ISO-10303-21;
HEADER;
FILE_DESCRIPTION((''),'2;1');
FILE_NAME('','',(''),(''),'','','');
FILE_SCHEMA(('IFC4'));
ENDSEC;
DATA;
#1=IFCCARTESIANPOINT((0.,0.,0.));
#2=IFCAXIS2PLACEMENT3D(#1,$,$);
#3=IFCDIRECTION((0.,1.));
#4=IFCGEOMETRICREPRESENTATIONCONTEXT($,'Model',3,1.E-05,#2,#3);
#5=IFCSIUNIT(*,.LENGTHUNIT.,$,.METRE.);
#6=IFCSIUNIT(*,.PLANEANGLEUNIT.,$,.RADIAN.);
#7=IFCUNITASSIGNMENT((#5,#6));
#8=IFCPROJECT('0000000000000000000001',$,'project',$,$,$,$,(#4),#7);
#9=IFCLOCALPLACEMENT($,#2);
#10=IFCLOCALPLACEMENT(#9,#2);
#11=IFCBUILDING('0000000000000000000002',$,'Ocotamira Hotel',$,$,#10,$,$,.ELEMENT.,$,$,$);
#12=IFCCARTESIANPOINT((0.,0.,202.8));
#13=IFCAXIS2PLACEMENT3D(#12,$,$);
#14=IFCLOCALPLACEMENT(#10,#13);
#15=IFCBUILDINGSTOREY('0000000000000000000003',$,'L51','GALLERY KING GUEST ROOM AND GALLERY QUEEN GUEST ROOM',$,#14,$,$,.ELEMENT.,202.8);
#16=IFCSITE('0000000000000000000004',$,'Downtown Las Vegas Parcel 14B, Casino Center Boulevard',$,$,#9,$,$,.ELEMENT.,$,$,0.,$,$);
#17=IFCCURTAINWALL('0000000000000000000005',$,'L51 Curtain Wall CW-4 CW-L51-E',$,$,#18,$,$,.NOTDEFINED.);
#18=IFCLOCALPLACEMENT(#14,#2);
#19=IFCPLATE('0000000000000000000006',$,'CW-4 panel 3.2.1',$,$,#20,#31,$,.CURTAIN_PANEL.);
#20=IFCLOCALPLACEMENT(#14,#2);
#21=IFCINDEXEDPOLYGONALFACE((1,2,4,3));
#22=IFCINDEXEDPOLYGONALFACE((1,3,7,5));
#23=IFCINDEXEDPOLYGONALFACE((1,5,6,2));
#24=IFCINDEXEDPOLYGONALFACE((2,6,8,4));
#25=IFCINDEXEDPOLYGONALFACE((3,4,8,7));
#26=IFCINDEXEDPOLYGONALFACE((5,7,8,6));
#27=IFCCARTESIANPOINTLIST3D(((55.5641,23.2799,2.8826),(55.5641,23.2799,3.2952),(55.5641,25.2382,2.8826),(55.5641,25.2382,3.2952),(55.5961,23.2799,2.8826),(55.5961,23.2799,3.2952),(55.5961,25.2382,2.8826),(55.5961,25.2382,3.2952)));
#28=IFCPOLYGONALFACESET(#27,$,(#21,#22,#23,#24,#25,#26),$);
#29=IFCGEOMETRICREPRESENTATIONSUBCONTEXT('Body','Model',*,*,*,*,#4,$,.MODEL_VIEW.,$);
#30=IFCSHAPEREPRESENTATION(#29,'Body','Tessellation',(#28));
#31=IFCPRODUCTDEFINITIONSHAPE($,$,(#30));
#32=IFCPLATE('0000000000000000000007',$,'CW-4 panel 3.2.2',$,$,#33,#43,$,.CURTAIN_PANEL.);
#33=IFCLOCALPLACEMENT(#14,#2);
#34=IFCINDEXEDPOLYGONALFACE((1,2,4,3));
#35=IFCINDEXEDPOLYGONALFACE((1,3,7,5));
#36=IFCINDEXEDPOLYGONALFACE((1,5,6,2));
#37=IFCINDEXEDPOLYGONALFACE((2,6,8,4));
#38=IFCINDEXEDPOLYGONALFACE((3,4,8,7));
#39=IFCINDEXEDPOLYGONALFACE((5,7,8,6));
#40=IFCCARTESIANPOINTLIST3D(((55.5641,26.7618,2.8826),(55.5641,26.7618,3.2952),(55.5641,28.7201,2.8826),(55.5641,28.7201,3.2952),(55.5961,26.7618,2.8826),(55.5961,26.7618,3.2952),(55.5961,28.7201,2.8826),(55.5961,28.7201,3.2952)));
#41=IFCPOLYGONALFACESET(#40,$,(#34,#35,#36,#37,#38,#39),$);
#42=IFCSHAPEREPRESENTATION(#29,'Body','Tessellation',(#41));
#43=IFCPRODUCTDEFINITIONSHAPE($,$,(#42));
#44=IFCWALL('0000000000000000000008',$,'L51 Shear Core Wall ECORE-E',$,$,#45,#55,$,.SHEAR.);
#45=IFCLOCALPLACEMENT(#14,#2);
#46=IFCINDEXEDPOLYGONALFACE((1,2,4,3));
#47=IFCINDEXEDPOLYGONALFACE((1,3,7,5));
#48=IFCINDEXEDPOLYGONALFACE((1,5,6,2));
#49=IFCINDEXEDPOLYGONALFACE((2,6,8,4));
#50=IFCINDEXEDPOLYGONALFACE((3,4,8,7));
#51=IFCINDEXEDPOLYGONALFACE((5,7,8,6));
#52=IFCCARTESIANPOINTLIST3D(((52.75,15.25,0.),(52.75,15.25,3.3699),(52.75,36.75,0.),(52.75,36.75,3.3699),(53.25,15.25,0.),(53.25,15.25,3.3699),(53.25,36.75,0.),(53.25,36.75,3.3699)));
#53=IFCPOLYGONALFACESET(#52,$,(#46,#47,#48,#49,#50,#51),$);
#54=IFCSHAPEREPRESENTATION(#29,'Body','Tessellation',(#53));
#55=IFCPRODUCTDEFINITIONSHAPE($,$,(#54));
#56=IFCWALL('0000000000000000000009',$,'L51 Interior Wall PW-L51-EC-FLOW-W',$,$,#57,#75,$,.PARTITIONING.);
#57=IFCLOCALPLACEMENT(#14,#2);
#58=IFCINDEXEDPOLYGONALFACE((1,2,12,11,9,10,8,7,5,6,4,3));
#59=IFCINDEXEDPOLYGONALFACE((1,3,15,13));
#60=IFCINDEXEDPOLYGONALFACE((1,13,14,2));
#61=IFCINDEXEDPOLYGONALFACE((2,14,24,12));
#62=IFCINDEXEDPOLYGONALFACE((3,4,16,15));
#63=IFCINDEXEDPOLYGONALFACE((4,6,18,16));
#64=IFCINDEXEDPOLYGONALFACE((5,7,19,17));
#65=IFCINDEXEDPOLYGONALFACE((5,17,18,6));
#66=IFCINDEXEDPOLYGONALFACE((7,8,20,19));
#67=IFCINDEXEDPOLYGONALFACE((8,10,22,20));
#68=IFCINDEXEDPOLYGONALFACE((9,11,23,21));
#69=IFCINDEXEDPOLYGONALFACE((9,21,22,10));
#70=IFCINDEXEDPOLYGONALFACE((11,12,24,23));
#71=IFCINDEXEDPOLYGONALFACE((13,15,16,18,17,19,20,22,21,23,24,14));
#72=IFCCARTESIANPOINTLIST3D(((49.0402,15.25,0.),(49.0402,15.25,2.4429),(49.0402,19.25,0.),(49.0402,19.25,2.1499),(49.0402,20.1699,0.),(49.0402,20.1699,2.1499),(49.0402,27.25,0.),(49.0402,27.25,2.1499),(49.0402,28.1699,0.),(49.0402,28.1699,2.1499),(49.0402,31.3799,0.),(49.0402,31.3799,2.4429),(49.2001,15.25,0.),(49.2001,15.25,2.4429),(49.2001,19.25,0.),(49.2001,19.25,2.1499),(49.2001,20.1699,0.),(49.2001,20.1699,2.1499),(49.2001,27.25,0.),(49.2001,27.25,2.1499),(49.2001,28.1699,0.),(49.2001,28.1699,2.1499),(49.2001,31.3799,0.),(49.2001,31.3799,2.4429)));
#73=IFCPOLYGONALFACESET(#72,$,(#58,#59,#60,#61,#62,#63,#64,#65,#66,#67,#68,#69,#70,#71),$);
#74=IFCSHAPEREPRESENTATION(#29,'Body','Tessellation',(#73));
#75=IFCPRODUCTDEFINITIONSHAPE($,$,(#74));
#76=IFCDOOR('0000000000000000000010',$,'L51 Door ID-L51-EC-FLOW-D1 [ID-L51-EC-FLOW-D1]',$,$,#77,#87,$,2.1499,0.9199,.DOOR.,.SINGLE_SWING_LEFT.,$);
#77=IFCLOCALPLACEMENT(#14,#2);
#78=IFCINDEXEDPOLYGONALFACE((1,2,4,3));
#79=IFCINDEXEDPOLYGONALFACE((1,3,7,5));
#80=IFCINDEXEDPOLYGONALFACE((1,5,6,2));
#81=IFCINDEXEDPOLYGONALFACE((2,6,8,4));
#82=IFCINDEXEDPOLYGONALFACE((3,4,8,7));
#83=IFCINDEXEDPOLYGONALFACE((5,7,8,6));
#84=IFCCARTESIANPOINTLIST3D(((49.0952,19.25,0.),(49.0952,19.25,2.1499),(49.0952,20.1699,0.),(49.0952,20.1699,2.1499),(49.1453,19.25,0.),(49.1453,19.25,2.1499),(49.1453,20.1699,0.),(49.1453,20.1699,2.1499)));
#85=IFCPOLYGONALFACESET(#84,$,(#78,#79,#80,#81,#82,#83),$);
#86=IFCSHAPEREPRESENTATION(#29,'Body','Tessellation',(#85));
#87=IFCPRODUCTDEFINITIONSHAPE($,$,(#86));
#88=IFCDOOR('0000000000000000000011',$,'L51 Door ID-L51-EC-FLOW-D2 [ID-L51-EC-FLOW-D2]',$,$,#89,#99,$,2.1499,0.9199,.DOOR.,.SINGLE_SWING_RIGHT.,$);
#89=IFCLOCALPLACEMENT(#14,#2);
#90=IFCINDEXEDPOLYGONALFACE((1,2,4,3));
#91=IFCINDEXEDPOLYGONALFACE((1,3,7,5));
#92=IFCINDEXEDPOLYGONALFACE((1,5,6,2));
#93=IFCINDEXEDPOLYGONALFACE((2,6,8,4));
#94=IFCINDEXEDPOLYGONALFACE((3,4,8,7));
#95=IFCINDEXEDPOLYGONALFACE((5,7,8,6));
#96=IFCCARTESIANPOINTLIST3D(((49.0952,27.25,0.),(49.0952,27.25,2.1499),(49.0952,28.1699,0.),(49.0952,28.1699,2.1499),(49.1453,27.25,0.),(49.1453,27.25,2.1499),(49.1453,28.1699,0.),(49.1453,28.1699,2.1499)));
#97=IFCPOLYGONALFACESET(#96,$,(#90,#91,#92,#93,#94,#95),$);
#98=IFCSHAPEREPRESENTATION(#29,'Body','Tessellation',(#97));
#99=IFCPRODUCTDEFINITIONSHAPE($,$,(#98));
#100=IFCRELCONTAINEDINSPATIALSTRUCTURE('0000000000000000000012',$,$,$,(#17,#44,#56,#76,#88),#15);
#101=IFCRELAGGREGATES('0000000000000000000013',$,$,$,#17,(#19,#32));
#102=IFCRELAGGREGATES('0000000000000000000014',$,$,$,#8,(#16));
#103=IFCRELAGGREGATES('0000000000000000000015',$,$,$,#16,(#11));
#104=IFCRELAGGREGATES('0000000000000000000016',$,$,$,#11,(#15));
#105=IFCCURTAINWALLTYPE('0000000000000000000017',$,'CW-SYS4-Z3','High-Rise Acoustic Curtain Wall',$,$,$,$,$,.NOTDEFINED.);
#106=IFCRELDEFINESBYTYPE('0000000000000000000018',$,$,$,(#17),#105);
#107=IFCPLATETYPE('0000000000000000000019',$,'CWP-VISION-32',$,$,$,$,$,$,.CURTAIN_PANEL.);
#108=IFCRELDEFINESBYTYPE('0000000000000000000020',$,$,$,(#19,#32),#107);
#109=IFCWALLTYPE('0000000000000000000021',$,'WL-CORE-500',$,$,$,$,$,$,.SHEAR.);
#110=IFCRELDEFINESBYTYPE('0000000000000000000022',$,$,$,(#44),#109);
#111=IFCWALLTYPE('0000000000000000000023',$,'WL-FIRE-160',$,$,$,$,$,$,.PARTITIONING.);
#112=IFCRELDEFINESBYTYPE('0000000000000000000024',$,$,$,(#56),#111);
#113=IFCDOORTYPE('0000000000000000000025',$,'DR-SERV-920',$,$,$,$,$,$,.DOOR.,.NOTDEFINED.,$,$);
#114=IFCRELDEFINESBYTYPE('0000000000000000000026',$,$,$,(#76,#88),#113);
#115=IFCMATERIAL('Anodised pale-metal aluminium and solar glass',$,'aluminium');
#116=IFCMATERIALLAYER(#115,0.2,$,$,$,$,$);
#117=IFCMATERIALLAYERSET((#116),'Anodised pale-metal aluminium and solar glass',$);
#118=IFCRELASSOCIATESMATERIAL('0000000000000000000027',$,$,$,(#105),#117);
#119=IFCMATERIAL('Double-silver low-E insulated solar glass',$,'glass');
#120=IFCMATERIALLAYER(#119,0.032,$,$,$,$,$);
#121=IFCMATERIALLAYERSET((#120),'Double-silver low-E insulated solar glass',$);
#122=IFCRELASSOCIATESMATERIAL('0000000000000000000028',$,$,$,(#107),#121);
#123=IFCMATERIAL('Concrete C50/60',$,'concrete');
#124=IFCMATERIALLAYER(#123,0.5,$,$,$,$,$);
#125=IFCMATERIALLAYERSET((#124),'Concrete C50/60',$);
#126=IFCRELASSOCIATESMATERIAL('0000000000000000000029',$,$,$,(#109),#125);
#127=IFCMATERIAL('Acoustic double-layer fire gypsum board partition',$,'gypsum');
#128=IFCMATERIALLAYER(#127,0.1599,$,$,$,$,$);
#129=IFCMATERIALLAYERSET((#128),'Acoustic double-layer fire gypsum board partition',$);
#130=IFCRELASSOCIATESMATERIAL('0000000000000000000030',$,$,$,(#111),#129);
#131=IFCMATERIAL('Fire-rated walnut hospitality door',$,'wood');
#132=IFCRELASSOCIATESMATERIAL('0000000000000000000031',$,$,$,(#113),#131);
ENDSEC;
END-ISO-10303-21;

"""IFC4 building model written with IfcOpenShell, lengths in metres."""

from ifc_helpers import new_model, si_unit, direction, frame, frame_2d, origin, origin_2d, place, context, subcontext, project, spatial, rectangle, extrude, source, transform, mapped, material, layer, layer_set, type_object, element, fill, aggregate, save


model = new_model("IFC4")

# Units and contexts
model_context = context("Model", 3, precision=1e-05, world=origin(), true_north=direction((0.0, 1.0)))
body_context = subcontext(model_context, "Body", "Model", "MODEL_VIEW")
ifc_project = project(units=[si_unit("LENGTHUNIT", "METRE"), si_unit("PLANEANGLEUNIT", "RADIAN")], contexts=[model_context])

# Site, building, storey
site_placement = place(None, origin())
site = spatial("IfcSite", under=ifc_project, at=site_placement, Name="Downtown Las Vegas Parcel 14B, Casino Center Boulevard", CompositionType="ELEMENT", RefElevation=0.0)
building_placement = place(site_placement, origin())
building = spatial("IfcBuilding", under=site, at=building_placement, Name="Ocotamira Hotel", CompositionType="ELEMENT")
storey_placement = place(building_placement, frame((0.0, 0.0, 202.8)))
storey = spatial("IfcBuildingStorey", under=building, at=storey_placement, Name="L51", Description="GALLERY KING GUEST ROOM AND GALLERY QUEEN GUEST ROOM", CompositionType="ELEMENT", Elevation=202.8)

# Curtain wall
ifc_material_1 = material(Name="Anodised pale-metal aluminium and solar glass", Category="aluminium")
ifc_layer_1 = layer(ifc_material_1, 0.2)
ifc_layer_set_1 = layer_set([ifc_layer_1], Name="Anodised pale-metal aluminium and solar glass")
curtain_wall_type = type_object("IfcCurtainWallType", Name="CW-SYS4-Z3", Description="High-Rise Acoustic Curtain Wall", PredefinedType="NOTDEFINED", material=ifc_layer_set_1)
curtain_wall_placement = place(storey_placement, origin())
curtain_wall = element("IfcCurtainWall", 1, at=curtain_wall_placement, inside=storey, type_object=curtain_wall_type, Name="L51 Curtain Wall CW-4 CW-L51-E", PredefinedType="NOTDEFINED")

# Plates
ifc_material_2 = material(Name="Double-silver low-E insulated solar glass", Category="glass")
ifc_layer_2 = layer(ifc_material_2, 0.032)
ifc_layer_set_2 = layer_set([ifc_layer_2], Name="Double-silver low-E insulated solar glass")
plate_type_1 = type_object("IfcPlateType", Name="CWP-VISION-32", PredefinedType="CURTAIN_PANEL", material=ifc_layer_set_2)
shared_shape_1 = source(origin(), body_context, "Body", "SweptSolid", [
    extrude(rectangle(XDim=1.9583, YDim=0.032, at=origin_2d()), origin(), (0.0, 0.0, 1.0), 0.4126),
])
plate_1_placement = place(storey_placement, frame((55.5801, 24.259, 2.8826), z_axis=(0.0, 0.0, 1.0), x_axis=(0.0, 1.0, 0.0)))
plate_1 = element("IfcPlate", 2, at=plate_1_placement, type_object=plate_type_1, Name="CW-4 panel 3.2.1", PredefinedType="CURTAIN_PANEL", context=body_context, shape_type="MappedRepresentation", body=[
    mapped(shared_shape_1, transform((0.0, 0.0, 0.0), scale=1.0)),
])
plate_2_placement = place(storey_placement, frame((55.5801, 27.741, 2.8826), z_axis=(0.0, 0.0, 1.0), x_axis=(0.0, 1.0, 0.0)))
plate_2 = element("IfcPlate", 3, at=plate_2_placement, type_object=plate_type_1, Name="CW-4 panel 3.2.2", PredefinedType="CURTAIN_PANEL", context=body_context, shape_type="MappedRepresentation", body=[
    mapped(shared_shape_1, transform((0.0, 0.0, 0.0), scale=1.0)),
])
aggregate(curtain_wall, [plate_1, plate_2])

# Wall
ifc_material_3 = material(Name="Concrete C50/60", Category="concrete")
ifc_layer_3 = layer(ifc_material_3, 0.5)
ifc_layer_set_3 = layer_set([ifc_layer_3], Name="Concrete C50/60")
wall_type_1 = type_object("IfcWallType", Name="WL-CORE-500", PredefinedType="SHEAR", material=ifc_layer_set_3)
wall_1_placement = place(storey_placement, frame((53.0, 15.25, 0.0), z_axis=(0.0, 0.0, 1.0), x_axis=(0.0, 1.0, 0.0)))
element("IfcWall", 4, at=wall_1_placement, inside=storey, type_object=wall_type_1, Name="L51 Shear Core Wall ECORE-E", PredefinedType="SHEAR", context=body_context, shape_type="SweptSolid", body=[
    extrude(rectangle(XDim=21.5, YDim=0.5, at=frame_2d((10.75, 0.0))), origin(), (0.0, 0.0, 1.0), 3.3699),
])

# Wall, openings, doors
ifc_material_4 = material(Name="Acoustic double-layer fire gypsum board partition", Category="gypsum")
ifc_layer_4 = layer(ifc_material_4, 0.1599)
ifc_layer_set_4 = layer_set([ifc_layer_4], Name="Acoustic double-layer fire gypsum board partition")
wall_type_2 = type_object("IfcWallType", Name="WL-FIRE-160", PredefinedType="PARTITIONING", material=ifc_layer_set_4)
wall_2_placement = place(storey_placement, frame((49.1201, 15.25, 0.0), z_axis=(0.0, 0.0, 1.0), x_axis=(0.0, 1.0, 0.0)))
wall_2 = element("IfcWall", 5, at=wall_2_placement, inside=storey, type_object=wall_type_2, Name="L51 Interior Wall PW-L51-EC-FLOW-W", PredefinedType="PARTITIONING", context=body_context, shape_type="SweptSolid", body=[
    extrude(rectangle(XDim=16.1299, YDim=0.1599, at=frame_2d((8.0649, 0.0))), origin(), (0.0, 0.0, 1.0), 2.4429),
])
opening_1_placement = place(wall_2_placement, frame((4.0, 0.0, 0.0)))
opening_1 = element("IfcOpeningElement", 6, at=opening_1_placement, cuts=wall_2, PredefinedType="OPENING", context=body_context, shape_type="SweptSolid", body=[
    extrude(rectangle(XDim=0.9199, YDim=2.1499, at=frame_2d((0.46, 1.075))), frame((0.0, 0.0898, 0.0), z_axis=(0.0, -1.0, 0.0), x_axis=(1.0, 0.0, 0.0)), (0.0, 0.0, 1.0), 0.1799),
])
opening_2_placement = place(wall_2_placement, frame((12.0, 0.0, 0.0)))
opening_2 = element("IfcOpeningElement", 7, at=opening_2_placement, cuts=wall_2, PredefinedType="OPENING", context=body_context, shape_type="SweptSolid", body=[
    extrude(rectangle(XDim=0.9199, YDim=2.1499, at=frame_2d((0.46, 1.075))), frame((0.0, 0.0898, 0.0), z_axis=(0.0, -1.0, 0.0), x_axis=(1.0, 0.0, 0.0)), (0.0, 0.0, 1.0), 0.1799),
])
ifc_material_5 = material(Name="Fire-rated walnut hospitality door", Category="wood")
door_type_1 = type_object("IfcDoorType", Name="DR-SERV-920", OperationType="NOTDEFINED", PredefinedType="DOOR", material=ifc_material_5)
shared_shape_2 = source(origin(), body_context, "Body", "SweptSolid", [
    extrude(rectangle(XDim=0.9199, YDim=2.1499, at=frame_2d((0.46, 1.075))), frame((0.0, 0.0249, 0.0), z_axis=(0.0, -1.0, 0.0), x_axis=(1.0, 0.0, 0.0)), (0.0, 0.0, 1.0), 0.05),
])
door_1_placement = place(opening_1_placement, origin())
door_1 = element("IfcDoor", 8, at=door_1_placement, inside=storey, type_object=door_type_1, Name="L51 Door ID-L51-EC-FLOW-D1 [ID-L51-EC-FLOW-D1]", OperationType="SINGLE_SWING_LEFT", OverallHeight=2.1499, OverallWidth=0.9199, PredefinedType="DOOR", context=body_context, shape_type="MappedRepresentation", body=[
    mapped(shared_shape_2, transform((0.0, 0.0, 0.0), scale=1.0)),
])
fill(opening_1, door_1)
door_2_placement = place(opening_2_placement, origin())
door_2 = element("IfcDoor", 9, at=door_2_placement, inside=storey, type_object=door_type_1, Name="L51 Door ID-L51-EC-FLOW-D2 [ID-L51-EC-FLOW-D2]", OperationType="SINGLE_SWING_RIGHT", OverallHeight=2.1499, OverallWidth=0.9199, PredefinedType="DOOR", context=body_context, shape_type="MappedRepresentation", body=[
    mapped(shared_shape_2, transform((0.0, 0.0, 0.0), scale=1.0)),
])
fill(opening_2, door_2)

save(model, "model.ifc")
